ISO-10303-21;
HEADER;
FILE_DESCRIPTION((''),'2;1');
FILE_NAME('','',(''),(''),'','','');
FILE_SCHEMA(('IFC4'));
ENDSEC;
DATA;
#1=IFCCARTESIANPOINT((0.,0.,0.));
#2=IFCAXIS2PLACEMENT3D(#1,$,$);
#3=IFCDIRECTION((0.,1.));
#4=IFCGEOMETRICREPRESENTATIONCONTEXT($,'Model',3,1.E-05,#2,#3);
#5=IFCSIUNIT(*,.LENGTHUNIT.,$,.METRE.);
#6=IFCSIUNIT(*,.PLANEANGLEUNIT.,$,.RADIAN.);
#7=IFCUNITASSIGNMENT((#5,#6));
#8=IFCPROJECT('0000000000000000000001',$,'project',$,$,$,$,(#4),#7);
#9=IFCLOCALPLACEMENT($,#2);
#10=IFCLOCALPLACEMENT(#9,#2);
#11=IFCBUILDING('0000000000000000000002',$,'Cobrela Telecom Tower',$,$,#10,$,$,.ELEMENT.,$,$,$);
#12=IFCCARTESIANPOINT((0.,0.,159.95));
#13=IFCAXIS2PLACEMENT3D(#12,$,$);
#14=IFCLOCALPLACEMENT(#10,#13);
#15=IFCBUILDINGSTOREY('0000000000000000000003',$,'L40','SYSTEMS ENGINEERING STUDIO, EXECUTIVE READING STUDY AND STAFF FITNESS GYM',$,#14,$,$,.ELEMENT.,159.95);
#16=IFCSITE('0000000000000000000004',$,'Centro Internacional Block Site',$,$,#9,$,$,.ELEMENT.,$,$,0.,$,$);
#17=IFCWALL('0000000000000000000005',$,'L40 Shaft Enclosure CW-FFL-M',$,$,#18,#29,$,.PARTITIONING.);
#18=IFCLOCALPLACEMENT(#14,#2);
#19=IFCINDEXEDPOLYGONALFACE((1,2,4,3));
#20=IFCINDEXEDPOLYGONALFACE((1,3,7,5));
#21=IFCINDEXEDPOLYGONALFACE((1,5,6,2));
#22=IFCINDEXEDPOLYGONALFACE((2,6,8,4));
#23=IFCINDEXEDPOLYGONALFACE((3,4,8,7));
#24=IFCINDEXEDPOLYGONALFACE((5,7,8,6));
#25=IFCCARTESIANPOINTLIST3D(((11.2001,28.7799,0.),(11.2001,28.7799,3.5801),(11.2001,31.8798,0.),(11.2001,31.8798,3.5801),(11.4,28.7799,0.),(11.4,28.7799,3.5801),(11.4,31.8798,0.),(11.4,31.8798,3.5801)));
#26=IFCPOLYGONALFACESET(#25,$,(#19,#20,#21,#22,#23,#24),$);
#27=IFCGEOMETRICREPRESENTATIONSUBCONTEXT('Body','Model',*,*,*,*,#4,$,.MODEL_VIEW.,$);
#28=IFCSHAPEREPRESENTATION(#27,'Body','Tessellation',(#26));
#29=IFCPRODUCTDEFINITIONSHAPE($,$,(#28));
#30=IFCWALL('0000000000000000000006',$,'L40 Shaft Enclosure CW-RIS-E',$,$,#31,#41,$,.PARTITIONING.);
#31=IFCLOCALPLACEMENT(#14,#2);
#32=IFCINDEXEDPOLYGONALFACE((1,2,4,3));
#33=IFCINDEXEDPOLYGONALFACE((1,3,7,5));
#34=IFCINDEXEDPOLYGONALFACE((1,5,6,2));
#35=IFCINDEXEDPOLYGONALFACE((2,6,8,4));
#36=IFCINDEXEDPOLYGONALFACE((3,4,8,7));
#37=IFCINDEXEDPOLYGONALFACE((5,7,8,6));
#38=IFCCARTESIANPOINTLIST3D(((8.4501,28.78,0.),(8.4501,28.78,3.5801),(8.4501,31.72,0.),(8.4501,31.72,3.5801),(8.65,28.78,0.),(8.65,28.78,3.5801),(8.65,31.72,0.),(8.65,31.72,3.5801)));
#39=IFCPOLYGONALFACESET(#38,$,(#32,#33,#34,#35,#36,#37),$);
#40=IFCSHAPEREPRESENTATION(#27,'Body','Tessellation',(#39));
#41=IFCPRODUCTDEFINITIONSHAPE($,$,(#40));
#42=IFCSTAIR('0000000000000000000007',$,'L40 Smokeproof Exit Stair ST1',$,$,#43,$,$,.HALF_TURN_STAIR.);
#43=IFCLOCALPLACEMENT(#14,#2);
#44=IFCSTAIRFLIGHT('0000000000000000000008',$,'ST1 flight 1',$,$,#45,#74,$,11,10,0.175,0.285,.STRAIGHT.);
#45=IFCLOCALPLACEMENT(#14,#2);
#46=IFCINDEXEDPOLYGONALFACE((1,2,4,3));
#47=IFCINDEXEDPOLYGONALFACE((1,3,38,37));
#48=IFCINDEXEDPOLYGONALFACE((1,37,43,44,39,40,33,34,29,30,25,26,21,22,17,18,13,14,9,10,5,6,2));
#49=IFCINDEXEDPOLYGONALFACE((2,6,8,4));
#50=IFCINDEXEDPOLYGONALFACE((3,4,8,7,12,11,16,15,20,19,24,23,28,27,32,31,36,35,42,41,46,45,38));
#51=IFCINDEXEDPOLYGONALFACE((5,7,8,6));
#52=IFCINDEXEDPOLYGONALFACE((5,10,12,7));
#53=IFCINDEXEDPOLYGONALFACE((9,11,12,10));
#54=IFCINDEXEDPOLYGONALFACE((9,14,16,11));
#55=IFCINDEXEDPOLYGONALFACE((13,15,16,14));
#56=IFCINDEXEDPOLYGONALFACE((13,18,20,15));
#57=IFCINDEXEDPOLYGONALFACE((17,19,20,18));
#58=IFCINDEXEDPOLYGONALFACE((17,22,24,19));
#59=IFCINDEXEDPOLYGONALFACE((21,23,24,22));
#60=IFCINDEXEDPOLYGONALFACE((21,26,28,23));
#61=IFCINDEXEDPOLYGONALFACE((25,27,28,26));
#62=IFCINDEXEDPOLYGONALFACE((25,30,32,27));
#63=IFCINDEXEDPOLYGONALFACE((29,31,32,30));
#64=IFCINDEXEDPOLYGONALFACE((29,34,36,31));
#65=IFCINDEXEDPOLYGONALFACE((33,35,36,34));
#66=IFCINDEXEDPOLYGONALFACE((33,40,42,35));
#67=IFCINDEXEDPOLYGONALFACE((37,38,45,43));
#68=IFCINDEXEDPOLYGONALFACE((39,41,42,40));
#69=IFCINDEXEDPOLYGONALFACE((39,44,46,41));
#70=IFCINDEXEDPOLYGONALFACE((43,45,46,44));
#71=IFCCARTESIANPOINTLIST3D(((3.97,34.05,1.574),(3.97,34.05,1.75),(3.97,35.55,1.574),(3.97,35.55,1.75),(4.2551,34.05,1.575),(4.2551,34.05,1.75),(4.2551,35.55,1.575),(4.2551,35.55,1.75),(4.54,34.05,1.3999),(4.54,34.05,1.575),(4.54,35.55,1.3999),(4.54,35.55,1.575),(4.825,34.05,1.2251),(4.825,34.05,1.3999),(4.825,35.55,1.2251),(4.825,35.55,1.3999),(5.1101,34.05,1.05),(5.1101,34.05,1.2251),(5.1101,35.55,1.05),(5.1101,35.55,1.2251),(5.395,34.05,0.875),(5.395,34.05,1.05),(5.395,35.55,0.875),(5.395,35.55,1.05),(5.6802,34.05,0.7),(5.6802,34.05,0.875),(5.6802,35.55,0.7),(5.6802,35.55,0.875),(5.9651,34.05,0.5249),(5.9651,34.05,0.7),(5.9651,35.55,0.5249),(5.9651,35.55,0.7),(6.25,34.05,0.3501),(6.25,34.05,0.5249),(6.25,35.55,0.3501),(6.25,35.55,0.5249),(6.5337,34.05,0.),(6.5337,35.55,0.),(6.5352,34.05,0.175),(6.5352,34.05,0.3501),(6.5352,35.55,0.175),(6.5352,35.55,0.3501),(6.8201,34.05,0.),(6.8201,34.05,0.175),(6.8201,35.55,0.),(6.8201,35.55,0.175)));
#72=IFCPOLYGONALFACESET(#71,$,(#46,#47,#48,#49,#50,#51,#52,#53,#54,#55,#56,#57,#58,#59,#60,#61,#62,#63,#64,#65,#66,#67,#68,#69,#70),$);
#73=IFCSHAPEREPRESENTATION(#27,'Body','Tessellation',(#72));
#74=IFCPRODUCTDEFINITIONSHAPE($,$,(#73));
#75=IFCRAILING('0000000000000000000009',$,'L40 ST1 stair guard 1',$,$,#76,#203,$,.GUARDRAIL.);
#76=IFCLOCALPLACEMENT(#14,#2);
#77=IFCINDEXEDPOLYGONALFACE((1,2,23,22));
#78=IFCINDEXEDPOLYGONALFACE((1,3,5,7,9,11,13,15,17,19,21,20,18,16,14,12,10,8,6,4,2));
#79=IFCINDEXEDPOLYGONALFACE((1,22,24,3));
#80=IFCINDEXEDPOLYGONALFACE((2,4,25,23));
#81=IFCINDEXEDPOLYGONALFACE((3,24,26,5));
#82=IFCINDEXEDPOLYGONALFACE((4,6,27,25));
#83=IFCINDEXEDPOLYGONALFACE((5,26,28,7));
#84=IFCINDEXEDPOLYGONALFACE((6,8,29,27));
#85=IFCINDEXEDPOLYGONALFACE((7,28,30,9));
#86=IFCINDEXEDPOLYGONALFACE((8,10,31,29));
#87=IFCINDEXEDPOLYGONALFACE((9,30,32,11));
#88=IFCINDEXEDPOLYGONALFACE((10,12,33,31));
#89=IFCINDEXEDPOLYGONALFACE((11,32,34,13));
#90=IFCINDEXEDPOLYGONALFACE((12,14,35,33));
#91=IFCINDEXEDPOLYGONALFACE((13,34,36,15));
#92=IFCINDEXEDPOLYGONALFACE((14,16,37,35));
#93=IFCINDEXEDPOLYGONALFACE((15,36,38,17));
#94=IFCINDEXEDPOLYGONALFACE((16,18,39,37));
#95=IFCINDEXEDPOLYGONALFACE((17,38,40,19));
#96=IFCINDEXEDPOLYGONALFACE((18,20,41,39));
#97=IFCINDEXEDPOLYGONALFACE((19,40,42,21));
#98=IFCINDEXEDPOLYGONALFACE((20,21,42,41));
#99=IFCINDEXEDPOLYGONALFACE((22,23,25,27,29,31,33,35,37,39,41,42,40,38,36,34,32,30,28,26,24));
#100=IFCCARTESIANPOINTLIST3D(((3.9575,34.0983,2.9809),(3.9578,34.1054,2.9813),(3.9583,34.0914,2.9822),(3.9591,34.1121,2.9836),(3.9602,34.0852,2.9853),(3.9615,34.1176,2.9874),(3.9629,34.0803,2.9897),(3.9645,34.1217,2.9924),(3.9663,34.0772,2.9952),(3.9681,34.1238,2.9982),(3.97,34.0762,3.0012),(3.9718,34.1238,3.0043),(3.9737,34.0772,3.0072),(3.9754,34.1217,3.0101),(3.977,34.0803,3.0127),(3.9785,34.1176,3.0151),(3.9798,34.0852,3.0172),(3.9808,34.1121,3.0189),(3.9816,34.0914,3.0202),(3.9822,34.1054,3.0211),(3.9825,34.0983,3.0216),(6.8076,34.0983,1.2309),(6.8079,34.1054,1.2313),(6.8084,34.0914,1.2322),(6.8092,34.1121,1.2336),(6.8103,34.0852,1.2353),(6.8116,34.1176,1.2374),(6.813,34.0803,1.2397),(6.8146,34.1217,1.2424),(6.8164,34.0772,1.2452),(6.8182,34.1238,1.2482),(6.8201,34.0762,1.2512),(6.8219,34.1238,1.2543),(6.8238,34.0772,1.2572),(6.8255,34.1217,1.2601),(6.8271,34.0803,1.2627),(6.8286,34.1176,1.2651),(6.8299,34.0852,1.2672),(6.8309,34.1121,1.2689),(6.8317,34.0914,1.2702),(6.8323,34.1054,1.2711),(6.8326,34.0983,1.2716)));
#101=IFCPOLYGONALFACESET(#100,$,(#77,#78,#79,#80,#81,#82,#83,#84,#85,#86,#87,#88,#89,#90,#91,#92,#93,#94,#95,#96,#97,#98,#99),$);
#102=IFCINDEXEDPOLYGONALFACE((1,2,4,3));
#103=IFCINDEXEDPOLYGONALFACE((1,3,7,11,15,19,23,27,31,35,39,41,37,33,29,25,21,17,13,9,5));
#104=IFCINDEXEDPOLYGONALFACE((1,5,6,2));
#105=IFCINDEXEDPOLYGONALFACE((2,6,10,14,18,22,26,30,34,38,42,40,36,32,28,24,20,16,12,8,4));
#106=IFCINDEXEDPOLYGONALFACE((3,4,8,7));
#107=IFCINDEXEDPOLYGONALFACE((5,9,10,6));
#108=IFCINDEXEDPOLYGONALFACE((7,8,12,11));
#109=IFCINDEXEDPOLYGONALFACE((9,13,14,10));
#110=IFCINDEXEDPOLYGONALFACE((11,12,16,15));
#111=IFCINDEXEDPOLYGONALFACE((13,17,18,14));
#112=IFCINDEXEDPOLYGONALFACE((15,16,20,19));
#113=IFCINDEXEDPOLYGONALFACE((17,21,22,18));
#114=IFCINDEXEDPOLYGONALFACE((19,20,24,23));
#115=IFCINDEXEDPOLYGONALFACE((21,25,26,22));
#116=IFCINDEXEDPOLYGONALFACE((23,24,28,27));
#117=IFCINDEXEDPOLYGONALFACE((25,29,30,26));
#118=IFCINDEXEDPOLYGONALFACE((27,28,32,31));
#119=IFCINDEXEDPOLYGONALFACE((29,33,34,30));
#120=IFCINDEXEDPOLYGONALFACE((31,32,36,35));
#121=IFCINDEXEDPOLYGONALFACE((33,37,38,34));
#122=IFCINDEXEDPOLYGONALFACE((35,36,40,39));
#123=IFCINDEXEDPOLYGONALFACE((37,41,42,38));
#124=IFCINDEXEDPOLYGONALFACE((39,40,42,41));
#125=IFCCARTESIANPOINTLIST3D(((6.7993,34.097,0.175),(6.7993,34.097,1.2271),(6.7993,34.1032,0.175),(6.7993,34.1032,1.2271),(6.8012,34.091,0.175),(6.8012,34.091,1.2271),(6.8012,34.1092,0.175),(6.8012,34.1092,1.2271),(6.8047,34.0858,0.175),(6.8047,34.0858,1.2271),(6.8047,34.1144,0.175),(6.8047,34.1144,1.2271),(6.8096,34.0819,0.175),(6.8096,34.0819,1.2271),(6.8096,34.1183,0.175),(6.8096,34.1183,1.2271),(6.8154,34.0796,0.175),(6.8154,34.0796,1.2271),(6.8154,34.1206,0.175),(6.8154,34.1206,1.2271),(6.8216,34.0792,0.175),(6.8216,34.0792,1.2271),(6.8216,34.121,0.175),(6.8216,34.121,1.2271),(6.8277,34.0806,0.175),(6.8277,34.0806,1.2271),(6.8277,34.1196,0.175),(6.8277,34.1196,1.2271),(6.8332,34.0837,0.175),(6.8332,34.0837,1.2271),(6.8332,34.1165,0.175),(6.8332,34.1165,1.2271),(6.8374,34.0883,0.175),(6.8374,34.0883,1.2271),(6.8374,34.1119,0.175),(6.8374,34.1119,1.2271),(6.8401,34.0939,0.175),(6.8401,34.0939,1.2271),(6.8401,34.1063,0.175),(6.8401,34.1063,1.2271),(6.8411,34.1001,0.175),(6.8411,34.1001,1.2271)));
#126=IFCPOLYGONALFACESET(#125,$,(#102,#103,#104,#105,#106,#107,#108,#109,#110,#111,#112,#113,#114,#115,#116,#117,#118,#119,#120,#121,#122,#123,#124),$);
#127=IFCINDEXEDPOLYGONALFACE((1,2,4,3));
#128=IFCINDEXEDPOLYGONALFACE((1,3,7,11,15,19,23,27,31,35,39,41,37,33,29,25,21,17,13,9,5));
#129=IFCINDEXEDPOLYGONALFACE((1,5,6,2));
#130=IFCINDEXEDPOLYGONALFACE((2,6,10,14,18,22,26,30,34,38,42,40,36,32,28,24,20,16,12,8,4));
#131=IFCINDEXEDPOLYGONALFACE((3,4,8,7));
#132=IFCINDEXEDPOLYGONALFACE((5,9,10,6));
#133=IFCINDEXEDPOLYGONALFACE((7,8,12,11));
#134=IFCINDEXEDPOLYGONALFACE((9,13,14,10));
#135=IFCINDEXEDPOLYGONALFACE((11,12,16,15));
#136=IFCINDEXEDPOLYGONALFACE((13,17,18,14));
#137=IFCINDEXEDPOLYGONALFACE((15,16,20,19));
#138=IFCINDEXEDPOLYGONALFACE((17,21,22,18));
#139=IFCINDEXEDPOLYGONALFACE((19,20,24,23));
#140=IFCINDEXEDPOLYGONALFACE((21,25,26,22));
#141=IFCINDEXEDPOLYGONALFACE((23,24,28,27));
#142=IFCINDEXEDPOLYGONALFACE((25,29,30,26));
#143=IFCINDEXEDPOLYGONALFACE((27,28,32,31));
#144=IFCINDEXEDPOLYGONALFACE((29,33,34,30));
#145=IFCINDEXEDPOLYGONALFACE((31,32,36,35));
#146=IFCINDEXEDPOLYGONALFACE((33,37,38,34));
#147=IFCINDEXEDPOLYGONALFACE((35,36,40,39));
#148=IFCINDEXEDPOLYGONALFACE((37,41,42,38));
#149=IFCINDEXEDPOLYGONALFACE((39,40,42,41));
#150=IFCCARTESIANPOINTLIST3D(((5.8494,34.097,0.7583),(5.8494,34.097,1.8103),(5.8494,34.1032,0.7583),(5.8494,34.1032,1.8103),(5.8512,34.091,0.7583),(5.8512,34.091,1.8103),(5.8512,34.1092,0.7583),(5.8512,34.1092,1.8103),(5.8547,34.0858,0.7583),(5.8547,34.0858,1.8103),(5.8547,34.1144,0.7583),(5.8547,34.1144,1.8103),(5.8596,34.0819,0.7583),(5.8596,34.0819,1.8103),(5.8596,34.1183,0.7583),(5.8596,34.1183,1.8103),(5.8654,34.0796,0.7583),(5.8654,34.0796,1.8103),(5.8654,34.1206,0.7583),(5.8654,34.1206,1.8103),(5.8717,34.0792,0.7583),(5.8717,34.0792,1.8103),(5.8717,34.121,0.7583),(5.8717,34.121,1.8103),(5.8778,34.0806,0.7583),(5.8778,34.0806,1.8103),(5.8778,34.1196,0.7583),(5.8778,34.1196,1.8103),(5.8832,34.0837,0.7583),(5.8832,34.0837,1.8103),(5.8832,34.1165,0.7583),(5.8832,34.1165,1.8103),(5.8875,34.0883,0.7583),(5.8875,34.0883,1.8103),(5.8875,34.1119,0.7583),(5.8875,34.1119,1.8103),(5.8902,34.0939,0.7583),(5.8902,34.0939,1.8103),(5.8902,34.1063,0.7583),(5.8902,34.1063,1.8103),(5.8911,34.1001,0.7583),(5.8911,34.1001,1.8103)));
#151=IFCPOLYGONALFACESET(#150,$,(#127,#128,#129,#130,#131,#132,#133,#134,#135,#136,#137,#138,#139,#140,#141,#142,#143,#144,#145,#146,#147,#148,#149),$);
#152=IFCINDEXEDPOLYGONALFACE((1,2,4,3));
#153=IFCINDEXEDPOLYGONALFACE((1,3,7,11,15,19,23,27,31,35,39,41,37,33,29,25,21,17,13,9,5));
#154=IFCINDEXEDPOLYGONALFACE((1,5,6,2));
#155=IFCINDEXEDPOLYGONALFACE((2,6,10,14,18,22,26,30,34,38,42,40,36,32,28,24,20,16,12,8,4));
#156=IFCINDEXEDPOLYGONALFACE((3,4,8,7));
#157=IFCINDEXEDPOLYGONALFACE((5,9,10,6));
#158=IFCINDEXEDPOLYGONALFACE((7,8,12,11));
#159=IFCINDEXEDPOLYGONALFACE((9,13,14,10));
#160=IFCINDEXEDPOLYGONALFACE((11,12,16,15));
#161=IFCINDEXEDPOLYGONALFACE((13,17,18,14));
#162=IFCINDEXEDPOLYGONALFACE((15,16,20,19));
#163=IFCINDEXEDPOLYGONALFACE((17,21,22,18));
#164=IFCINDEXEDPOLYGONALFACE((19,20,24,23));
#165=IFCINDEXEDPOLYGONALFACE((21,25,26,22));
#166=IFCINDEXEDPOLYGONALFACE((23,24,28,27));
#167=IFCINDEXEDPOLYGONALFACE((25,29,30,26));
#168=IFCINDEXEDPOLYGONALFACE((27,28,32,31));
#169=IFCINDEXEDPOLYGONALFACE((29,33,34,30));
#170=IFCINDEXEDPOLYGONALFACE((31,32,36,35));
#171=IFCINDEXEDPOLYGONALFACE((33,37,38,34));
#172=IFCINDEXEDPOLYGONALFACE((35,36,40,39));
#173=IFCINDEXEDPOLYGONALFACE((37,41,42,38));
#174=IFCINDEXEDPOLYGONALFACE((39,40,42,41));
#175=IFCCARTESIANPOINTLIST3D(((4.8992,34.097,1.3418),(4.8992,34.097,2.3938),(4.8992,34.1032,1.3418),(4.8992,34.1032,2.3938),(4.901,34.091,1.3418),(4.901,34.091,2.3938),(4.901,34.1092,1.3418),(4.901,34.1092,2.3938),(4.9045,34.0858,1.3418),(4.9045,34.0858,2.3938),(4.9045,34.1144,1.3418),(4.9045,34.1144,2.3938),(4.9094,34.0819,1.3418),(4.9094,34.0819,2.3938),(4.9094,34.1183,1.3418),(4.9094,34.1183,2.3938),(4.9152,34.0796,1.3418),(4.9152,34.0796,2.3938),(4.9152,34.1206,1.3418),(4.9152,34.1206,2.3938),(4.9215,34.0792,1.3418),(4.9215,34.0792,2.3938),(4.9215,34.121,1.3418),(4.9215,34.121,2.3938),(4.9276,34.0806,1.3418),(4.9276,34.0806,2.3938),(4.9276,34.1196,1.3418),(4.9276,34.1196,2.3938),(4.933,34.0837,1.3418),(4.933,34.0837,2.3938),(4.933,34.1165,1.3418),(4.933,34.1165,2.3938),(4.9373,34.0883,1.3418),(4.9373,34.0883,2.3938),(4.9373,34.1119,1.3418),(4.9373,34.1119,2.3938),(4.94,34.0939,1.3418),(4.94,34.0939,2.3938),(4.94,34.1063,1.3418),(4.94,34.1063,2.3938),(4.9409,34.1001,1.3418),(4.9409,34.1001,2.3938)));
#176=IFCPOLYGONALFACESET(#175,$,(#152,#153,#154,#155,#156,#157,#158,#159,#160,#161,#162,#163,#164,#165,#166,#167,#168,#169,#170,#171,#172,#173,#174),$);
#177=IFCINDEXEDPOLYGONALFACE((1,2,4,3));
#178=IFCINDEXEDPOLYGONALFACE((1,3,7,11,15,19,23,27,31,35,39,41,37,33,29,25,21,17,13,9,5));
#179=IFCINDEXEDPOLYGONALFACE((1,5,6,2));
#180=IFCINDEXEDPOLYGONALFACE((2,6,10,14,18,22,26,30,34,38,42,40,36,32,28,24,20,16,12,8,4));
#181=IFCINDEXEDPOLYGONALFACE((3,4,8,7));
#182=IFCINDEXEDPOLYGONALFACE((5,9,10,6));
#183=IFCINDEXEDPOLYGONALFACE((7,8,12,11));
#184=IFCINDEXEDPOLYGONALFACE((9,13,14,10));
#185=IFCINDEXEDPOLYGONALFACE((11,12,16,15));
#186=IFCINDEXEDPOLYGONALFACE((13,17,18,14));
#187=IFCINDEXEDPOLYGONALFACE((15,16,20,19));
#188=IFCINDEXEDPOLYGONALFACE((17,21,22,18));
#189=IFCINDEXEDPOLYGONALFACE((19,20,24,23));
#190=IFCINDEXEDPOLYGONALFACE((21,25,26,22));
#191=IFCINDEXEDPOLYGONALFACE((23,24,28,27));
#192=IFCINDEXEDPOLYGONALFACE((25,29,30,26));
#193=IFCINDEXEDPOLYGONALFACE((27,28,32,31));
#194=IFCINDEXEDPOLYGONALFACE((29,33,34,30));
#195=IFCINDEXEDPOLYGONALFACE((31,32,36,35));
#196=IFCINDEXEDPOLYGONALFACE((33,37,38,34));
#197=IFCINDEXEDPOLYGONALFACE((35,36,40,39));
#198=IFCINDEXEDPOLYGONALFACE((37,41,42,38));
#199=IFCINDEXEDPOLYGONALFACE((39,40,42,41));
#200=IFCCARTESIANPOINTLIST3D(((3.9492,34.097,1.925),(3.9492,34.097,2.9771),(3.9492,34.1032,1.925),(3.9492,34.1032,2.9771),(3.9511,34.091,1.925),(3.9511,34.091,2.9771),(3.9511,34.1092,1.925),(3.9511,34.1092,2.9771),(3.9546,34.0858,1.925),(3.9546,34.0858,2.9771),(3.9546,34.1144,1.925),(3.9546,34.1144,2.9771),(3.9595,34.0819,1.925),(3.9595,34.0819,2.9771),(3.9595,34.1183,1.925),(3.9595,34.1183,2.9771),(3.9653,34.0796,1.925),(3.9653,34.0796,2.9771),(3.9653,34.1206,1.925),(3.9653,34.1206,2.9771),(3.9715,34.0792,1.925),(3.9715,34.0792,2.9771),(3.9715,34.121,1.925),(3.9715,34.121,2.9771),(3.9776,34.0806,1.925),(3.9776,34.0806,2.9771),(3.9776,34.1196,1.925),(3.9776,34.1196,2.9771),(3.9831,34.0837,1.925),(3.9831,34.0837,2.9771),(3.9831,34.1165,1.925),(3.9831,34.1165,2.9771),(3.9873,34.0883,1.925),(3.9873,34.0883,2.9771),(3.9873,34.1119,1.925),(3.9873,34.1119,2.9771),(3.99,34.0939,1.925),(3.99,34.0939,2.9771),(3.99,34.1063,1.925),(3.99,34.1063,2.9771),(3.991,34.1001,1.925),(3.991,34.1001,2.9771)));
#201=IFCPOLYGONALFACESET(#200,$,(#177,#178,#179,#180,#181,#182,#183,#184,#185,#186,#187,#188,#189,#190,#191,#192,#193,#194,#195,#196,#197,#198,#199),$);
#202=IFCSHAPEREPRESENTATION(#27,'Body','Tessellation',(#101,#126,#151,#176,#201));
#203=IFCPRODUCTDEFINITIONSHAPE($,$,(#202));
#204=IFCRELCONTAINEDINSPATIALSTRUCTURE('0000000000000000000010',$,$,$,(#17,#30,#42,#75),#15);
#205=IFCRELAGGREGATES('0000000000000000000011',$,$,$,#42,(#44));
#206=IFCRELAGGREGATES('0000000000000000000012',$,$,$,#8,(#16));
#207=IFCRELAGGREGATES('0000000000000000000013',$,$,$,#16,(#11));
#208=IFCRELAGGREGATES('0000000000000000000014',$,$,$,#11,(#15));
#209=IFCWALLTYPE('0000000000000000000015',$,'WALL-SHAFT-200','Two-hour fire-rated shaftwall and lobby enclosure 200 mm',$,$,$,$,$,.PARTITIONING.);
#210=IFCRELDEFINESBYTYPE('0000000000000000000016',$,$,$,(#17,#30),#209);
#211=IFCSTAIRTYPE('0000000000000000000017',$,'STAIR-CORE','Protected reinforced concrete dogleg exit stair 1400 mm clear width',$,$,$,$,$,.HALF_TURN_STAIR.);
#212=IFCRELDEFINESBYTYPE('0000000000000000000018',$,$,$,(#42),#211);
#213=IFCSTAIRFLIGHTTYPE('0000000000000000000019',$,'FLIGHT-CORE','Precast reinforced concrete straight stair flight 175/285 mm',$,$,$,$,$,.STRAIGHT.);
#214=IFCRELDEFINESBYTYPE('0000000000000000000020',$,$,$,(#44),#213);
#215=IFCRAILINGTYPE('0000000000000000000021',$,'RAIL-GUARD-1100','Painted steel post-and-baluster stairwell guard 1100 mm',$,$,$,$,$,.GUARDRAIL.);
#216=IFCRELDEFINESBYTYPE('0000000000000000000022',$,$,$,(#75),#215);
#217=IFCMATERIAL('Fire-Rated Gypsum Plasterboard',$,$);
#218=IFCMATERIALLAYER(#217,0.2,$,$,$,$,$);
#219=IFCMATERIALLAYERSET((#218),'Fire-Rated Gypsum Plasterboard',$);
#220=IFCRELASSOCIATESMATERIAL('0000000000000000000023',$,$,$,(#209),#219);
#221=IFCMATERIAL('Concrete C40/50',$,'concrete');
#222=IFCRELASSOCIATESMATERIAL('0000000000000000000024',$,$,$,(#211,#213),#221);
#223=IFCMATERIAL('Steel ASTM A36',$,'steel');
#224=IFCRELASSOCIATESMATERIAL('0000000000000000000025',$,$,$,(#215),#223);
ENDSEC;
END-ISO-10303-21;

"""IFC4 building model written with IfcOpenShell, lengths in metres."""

from ifc_helpers import new_model, si_unit, direction, frame, frame_2d, origin, origin_2d, place, context, subcontext, project, spatial, polyline, rectangle, circle, outline, extrude, material, layer, layer_set, type_object, element, aggregate, save


model = new_model("IFC4")

# Units and contexts
model_context = context("Model", 3, precision=1e-05, world=origin(), true_north=direction((0.0, 1.0)))
body_context = subcontext(model_context, "Body", "Model", "MODEL_VIEW")
ifc_project = project(units=[si_unit("LENGTHUNIT", "METRE"), si_unit("PLANEANGLEUNIT", "RADIAN")], contexts=[model_context])

# Site, building, storey
site_placement = place(None, origin())
site = spatial("IfcSite", under=ifc_project, at=site_placement, Name="Centro Internacional Block Site", CompositionType="ELEMENT", RefElevation=0.0)
building_placement = place(site_placement, origin())
building = spatial("IfcBuilding", under=site, at=building_placement, Name="Cobrela Telecom Tower", CompositionType="ELEMENT")
storey_placement = place(building_placement, frame((0.0, 0.0, 159.95)))
storey = spatial("IfcBuildingStorey", under=building, at=storey_placement, Name="L40", Description="SYSTEMS ENGINEERING STUDIO, EXECUTIVE READING STUDY AND STAFF FITNESS GYM", CompositionType="ELEMENT", Elevation=159.95)

# Shared definitions
ifc_material_1 = material(Name="Concrete C40/50", Category="concrete")

# Shared definitions
ifc_material_2 = material(Name="Steel ASTM A36", Category="steel")

# Shared definitions
ifc_material_3 = material(Name="Fire-Rated Gypsum Plasterboard")

# Shared definitions
ifc_layer_1 = layer(ifc_material_3, 0.2)
ifc_layer_set_1 = layer_set([ifc_layer_1], Name="Fire-Rated Gypsum Plasterboard")
wall_type_1 = type_object("IfcWallType", Name="WALL-SHAFT-200", Description="Two-hour fire-rated shaftwall and lobby enclosure 200 mm", PredefinedType="PARTITIONING", material=ifc_layer_set_1)

# Walls
for number, where, z_axis, x_axis, name in (
    (1, (11.3, 28.78, 0.0), (0.0, 0.0, 1.0), (0.0, 1.0, 0.0), "L40 Shaft Enclosure CW-FFL-M"),
):
    element("IfcWall", number, at=place(storey_placement, frame(where, z_axis=z_axis, x_axis=x_axis)), inside=storey, type_object=wall_type_1, Name=name, PredefinedType="PARTITIONING", context=body_context, shape_type="SweptSolid", body=[
        extrude(rectangle(XDim=3.0999, YDim=0.2, at=frame_2d((1.5498, 0.0))), origin(), (0.0, 0.0, 1.0), 3.5801),
    ])
wall_1_placement = place(storey_placement, frame((8.55, 28.78, 0.0), z_axis=(0.0, 0.0, 1.0), x_axis=(0.0, 1.0, 0.0)))
element("IfcWall", 2, at=wall_1_placement, inside=storey, type_object=wall_type_1, Name="L40 Shaft Enclosure CW-RIS-E", PredefinedType="PARTITIONING", context=body_context, shape_type="SweptSolid", body=[
    extrude(rectangle(XDim=2.9399, YDim=0.2, at=frame_2d((1.47, 0.0))), origin(), (0.0, 0.0, 1.0), 3.5801),
])

# Stair, stair flight
stair_type = type_object("IfcStairType", Name="STAIR-CORE", Description="Protected reinforced concrete dogleg exit stair 1400 mm clear width", PredefinedType="HALF_TURN_STAIR", material=ifc_material_1)
stair_placement = place(storey_placement, origin())
stair = element("IfcStair", 3, at=stair_placement, inside=storey, type_object=stair_type, Name="L40 Smokeproof Exit Stair ST1", PredefinedType="HALF_TURN_STAIR")
stair_flight_type = type_object("IfcStairFlightType", Name="FLIGHT-CORE", Description="Precast reinforced concrete straight stair flight 175/285 mm", PredefinedType="STRAIGHT", material=ifc_material_1)
stair_flight_placement = place(storey_placement, frame((6.8201, 34.8, 0.0), z_axis=(0.0, 0.0, 1.0), x_axis=(-1.0, 0.0, 0.0)))
stair_flight = element("IfcStairFlight", 4, at=stair_flight_placement, type_object=stair_flight_type, Name="ST1 flight 1", NumberOfRisers=11, NumberOfTreads=10, PredefinedType="STRAIGHT", RiserHeight=0.175, TreadLength=0.285, context=body_context, shape_type="SweptSolid", body=[
    extrude(outline(polyline([(0.0, 0.0), (0.0, 0.175), (0.2849, 0.175), (0.2849, 0.3501), (0.5701, 0.3501), (0.5701, 0.5249), (0.855, 0.5249), (0.855, 0.7), (1.1399, 0.7), (1.1399, 0.875), (1.425, 0.875), (1.425, 1.05), (1.71, 1.05), (1.71, 1.2251), (1.9951, 1.2251), (1.9951, 1.3999), (2.28, 1.3999), (2.28, 1.575), (2.5649, 1.575), (2.5649, 1.75), (2.8501, 1.75), (2.8501, 1.925), (2.8501, 1.574), (0.2864, 0.0), (0.0, 0.0)])), frame((0.0, 0.75, 0.0), z_axis=(0.0, -1.0, 0.0), x_axis=(1.0, 0.0, 0.0)), (0.0, 0.0, 1.0), 1.5),
])
aggregate(stair, [stair_flight])

# Railing
railing_type_1 = type_object("IfcRailingType", Name="RAIL-GUARD-1100", Description="Painted steel post-and-baluster stairwell guard 1100 mm", PredefinedType="GUARDRAIL", material=ifc_material_2)
railing_1_placement = place(storey_placement, frame((6.8201, 34.1001, 0.175)))
element("IfcRailing", 5, at=railing_1_placement, inside=storey, type_object=railing_type_1, Name="L40 ST1 stair guard 1", PredefinedType="GUARDRAIL", context=body_context, shape_type="SweptSolid", body=[
    extrude(circle(Radius=0.0239, at=origin_2d()), frame((0.0, 0.0, 1.0762), z_axis=(-0.852179, 0.0, 0.52325), x_axis=(0.0, -1.0, 0.0)), (0.0, 0.0, 1.0), 3.3445),
    extrude(circle(Radius=0.021, at=origin_2d()), origin(), (0.0, 0.0, 1.0), 1.052),
    extrude(circle(Radius=0.021, at=origin_2d()), frame((-0.95, 0.0, 0.5833)), (0.0, 0.0, 1.0), 1.052),
    extrude(circle(Radius=0.021, at=origin_2d()), frame((-1.9001, 0.0, 1.1667)), (0.0, 0.0, 1.0), 1.052),
    extrude(circle(Radius=0.021, at=origin_2d()), frame((-2.8501, 0.0, 1.75)), (0.0, 0.0, 1.0), 1.052),
])

save(model, "model.ifc")
